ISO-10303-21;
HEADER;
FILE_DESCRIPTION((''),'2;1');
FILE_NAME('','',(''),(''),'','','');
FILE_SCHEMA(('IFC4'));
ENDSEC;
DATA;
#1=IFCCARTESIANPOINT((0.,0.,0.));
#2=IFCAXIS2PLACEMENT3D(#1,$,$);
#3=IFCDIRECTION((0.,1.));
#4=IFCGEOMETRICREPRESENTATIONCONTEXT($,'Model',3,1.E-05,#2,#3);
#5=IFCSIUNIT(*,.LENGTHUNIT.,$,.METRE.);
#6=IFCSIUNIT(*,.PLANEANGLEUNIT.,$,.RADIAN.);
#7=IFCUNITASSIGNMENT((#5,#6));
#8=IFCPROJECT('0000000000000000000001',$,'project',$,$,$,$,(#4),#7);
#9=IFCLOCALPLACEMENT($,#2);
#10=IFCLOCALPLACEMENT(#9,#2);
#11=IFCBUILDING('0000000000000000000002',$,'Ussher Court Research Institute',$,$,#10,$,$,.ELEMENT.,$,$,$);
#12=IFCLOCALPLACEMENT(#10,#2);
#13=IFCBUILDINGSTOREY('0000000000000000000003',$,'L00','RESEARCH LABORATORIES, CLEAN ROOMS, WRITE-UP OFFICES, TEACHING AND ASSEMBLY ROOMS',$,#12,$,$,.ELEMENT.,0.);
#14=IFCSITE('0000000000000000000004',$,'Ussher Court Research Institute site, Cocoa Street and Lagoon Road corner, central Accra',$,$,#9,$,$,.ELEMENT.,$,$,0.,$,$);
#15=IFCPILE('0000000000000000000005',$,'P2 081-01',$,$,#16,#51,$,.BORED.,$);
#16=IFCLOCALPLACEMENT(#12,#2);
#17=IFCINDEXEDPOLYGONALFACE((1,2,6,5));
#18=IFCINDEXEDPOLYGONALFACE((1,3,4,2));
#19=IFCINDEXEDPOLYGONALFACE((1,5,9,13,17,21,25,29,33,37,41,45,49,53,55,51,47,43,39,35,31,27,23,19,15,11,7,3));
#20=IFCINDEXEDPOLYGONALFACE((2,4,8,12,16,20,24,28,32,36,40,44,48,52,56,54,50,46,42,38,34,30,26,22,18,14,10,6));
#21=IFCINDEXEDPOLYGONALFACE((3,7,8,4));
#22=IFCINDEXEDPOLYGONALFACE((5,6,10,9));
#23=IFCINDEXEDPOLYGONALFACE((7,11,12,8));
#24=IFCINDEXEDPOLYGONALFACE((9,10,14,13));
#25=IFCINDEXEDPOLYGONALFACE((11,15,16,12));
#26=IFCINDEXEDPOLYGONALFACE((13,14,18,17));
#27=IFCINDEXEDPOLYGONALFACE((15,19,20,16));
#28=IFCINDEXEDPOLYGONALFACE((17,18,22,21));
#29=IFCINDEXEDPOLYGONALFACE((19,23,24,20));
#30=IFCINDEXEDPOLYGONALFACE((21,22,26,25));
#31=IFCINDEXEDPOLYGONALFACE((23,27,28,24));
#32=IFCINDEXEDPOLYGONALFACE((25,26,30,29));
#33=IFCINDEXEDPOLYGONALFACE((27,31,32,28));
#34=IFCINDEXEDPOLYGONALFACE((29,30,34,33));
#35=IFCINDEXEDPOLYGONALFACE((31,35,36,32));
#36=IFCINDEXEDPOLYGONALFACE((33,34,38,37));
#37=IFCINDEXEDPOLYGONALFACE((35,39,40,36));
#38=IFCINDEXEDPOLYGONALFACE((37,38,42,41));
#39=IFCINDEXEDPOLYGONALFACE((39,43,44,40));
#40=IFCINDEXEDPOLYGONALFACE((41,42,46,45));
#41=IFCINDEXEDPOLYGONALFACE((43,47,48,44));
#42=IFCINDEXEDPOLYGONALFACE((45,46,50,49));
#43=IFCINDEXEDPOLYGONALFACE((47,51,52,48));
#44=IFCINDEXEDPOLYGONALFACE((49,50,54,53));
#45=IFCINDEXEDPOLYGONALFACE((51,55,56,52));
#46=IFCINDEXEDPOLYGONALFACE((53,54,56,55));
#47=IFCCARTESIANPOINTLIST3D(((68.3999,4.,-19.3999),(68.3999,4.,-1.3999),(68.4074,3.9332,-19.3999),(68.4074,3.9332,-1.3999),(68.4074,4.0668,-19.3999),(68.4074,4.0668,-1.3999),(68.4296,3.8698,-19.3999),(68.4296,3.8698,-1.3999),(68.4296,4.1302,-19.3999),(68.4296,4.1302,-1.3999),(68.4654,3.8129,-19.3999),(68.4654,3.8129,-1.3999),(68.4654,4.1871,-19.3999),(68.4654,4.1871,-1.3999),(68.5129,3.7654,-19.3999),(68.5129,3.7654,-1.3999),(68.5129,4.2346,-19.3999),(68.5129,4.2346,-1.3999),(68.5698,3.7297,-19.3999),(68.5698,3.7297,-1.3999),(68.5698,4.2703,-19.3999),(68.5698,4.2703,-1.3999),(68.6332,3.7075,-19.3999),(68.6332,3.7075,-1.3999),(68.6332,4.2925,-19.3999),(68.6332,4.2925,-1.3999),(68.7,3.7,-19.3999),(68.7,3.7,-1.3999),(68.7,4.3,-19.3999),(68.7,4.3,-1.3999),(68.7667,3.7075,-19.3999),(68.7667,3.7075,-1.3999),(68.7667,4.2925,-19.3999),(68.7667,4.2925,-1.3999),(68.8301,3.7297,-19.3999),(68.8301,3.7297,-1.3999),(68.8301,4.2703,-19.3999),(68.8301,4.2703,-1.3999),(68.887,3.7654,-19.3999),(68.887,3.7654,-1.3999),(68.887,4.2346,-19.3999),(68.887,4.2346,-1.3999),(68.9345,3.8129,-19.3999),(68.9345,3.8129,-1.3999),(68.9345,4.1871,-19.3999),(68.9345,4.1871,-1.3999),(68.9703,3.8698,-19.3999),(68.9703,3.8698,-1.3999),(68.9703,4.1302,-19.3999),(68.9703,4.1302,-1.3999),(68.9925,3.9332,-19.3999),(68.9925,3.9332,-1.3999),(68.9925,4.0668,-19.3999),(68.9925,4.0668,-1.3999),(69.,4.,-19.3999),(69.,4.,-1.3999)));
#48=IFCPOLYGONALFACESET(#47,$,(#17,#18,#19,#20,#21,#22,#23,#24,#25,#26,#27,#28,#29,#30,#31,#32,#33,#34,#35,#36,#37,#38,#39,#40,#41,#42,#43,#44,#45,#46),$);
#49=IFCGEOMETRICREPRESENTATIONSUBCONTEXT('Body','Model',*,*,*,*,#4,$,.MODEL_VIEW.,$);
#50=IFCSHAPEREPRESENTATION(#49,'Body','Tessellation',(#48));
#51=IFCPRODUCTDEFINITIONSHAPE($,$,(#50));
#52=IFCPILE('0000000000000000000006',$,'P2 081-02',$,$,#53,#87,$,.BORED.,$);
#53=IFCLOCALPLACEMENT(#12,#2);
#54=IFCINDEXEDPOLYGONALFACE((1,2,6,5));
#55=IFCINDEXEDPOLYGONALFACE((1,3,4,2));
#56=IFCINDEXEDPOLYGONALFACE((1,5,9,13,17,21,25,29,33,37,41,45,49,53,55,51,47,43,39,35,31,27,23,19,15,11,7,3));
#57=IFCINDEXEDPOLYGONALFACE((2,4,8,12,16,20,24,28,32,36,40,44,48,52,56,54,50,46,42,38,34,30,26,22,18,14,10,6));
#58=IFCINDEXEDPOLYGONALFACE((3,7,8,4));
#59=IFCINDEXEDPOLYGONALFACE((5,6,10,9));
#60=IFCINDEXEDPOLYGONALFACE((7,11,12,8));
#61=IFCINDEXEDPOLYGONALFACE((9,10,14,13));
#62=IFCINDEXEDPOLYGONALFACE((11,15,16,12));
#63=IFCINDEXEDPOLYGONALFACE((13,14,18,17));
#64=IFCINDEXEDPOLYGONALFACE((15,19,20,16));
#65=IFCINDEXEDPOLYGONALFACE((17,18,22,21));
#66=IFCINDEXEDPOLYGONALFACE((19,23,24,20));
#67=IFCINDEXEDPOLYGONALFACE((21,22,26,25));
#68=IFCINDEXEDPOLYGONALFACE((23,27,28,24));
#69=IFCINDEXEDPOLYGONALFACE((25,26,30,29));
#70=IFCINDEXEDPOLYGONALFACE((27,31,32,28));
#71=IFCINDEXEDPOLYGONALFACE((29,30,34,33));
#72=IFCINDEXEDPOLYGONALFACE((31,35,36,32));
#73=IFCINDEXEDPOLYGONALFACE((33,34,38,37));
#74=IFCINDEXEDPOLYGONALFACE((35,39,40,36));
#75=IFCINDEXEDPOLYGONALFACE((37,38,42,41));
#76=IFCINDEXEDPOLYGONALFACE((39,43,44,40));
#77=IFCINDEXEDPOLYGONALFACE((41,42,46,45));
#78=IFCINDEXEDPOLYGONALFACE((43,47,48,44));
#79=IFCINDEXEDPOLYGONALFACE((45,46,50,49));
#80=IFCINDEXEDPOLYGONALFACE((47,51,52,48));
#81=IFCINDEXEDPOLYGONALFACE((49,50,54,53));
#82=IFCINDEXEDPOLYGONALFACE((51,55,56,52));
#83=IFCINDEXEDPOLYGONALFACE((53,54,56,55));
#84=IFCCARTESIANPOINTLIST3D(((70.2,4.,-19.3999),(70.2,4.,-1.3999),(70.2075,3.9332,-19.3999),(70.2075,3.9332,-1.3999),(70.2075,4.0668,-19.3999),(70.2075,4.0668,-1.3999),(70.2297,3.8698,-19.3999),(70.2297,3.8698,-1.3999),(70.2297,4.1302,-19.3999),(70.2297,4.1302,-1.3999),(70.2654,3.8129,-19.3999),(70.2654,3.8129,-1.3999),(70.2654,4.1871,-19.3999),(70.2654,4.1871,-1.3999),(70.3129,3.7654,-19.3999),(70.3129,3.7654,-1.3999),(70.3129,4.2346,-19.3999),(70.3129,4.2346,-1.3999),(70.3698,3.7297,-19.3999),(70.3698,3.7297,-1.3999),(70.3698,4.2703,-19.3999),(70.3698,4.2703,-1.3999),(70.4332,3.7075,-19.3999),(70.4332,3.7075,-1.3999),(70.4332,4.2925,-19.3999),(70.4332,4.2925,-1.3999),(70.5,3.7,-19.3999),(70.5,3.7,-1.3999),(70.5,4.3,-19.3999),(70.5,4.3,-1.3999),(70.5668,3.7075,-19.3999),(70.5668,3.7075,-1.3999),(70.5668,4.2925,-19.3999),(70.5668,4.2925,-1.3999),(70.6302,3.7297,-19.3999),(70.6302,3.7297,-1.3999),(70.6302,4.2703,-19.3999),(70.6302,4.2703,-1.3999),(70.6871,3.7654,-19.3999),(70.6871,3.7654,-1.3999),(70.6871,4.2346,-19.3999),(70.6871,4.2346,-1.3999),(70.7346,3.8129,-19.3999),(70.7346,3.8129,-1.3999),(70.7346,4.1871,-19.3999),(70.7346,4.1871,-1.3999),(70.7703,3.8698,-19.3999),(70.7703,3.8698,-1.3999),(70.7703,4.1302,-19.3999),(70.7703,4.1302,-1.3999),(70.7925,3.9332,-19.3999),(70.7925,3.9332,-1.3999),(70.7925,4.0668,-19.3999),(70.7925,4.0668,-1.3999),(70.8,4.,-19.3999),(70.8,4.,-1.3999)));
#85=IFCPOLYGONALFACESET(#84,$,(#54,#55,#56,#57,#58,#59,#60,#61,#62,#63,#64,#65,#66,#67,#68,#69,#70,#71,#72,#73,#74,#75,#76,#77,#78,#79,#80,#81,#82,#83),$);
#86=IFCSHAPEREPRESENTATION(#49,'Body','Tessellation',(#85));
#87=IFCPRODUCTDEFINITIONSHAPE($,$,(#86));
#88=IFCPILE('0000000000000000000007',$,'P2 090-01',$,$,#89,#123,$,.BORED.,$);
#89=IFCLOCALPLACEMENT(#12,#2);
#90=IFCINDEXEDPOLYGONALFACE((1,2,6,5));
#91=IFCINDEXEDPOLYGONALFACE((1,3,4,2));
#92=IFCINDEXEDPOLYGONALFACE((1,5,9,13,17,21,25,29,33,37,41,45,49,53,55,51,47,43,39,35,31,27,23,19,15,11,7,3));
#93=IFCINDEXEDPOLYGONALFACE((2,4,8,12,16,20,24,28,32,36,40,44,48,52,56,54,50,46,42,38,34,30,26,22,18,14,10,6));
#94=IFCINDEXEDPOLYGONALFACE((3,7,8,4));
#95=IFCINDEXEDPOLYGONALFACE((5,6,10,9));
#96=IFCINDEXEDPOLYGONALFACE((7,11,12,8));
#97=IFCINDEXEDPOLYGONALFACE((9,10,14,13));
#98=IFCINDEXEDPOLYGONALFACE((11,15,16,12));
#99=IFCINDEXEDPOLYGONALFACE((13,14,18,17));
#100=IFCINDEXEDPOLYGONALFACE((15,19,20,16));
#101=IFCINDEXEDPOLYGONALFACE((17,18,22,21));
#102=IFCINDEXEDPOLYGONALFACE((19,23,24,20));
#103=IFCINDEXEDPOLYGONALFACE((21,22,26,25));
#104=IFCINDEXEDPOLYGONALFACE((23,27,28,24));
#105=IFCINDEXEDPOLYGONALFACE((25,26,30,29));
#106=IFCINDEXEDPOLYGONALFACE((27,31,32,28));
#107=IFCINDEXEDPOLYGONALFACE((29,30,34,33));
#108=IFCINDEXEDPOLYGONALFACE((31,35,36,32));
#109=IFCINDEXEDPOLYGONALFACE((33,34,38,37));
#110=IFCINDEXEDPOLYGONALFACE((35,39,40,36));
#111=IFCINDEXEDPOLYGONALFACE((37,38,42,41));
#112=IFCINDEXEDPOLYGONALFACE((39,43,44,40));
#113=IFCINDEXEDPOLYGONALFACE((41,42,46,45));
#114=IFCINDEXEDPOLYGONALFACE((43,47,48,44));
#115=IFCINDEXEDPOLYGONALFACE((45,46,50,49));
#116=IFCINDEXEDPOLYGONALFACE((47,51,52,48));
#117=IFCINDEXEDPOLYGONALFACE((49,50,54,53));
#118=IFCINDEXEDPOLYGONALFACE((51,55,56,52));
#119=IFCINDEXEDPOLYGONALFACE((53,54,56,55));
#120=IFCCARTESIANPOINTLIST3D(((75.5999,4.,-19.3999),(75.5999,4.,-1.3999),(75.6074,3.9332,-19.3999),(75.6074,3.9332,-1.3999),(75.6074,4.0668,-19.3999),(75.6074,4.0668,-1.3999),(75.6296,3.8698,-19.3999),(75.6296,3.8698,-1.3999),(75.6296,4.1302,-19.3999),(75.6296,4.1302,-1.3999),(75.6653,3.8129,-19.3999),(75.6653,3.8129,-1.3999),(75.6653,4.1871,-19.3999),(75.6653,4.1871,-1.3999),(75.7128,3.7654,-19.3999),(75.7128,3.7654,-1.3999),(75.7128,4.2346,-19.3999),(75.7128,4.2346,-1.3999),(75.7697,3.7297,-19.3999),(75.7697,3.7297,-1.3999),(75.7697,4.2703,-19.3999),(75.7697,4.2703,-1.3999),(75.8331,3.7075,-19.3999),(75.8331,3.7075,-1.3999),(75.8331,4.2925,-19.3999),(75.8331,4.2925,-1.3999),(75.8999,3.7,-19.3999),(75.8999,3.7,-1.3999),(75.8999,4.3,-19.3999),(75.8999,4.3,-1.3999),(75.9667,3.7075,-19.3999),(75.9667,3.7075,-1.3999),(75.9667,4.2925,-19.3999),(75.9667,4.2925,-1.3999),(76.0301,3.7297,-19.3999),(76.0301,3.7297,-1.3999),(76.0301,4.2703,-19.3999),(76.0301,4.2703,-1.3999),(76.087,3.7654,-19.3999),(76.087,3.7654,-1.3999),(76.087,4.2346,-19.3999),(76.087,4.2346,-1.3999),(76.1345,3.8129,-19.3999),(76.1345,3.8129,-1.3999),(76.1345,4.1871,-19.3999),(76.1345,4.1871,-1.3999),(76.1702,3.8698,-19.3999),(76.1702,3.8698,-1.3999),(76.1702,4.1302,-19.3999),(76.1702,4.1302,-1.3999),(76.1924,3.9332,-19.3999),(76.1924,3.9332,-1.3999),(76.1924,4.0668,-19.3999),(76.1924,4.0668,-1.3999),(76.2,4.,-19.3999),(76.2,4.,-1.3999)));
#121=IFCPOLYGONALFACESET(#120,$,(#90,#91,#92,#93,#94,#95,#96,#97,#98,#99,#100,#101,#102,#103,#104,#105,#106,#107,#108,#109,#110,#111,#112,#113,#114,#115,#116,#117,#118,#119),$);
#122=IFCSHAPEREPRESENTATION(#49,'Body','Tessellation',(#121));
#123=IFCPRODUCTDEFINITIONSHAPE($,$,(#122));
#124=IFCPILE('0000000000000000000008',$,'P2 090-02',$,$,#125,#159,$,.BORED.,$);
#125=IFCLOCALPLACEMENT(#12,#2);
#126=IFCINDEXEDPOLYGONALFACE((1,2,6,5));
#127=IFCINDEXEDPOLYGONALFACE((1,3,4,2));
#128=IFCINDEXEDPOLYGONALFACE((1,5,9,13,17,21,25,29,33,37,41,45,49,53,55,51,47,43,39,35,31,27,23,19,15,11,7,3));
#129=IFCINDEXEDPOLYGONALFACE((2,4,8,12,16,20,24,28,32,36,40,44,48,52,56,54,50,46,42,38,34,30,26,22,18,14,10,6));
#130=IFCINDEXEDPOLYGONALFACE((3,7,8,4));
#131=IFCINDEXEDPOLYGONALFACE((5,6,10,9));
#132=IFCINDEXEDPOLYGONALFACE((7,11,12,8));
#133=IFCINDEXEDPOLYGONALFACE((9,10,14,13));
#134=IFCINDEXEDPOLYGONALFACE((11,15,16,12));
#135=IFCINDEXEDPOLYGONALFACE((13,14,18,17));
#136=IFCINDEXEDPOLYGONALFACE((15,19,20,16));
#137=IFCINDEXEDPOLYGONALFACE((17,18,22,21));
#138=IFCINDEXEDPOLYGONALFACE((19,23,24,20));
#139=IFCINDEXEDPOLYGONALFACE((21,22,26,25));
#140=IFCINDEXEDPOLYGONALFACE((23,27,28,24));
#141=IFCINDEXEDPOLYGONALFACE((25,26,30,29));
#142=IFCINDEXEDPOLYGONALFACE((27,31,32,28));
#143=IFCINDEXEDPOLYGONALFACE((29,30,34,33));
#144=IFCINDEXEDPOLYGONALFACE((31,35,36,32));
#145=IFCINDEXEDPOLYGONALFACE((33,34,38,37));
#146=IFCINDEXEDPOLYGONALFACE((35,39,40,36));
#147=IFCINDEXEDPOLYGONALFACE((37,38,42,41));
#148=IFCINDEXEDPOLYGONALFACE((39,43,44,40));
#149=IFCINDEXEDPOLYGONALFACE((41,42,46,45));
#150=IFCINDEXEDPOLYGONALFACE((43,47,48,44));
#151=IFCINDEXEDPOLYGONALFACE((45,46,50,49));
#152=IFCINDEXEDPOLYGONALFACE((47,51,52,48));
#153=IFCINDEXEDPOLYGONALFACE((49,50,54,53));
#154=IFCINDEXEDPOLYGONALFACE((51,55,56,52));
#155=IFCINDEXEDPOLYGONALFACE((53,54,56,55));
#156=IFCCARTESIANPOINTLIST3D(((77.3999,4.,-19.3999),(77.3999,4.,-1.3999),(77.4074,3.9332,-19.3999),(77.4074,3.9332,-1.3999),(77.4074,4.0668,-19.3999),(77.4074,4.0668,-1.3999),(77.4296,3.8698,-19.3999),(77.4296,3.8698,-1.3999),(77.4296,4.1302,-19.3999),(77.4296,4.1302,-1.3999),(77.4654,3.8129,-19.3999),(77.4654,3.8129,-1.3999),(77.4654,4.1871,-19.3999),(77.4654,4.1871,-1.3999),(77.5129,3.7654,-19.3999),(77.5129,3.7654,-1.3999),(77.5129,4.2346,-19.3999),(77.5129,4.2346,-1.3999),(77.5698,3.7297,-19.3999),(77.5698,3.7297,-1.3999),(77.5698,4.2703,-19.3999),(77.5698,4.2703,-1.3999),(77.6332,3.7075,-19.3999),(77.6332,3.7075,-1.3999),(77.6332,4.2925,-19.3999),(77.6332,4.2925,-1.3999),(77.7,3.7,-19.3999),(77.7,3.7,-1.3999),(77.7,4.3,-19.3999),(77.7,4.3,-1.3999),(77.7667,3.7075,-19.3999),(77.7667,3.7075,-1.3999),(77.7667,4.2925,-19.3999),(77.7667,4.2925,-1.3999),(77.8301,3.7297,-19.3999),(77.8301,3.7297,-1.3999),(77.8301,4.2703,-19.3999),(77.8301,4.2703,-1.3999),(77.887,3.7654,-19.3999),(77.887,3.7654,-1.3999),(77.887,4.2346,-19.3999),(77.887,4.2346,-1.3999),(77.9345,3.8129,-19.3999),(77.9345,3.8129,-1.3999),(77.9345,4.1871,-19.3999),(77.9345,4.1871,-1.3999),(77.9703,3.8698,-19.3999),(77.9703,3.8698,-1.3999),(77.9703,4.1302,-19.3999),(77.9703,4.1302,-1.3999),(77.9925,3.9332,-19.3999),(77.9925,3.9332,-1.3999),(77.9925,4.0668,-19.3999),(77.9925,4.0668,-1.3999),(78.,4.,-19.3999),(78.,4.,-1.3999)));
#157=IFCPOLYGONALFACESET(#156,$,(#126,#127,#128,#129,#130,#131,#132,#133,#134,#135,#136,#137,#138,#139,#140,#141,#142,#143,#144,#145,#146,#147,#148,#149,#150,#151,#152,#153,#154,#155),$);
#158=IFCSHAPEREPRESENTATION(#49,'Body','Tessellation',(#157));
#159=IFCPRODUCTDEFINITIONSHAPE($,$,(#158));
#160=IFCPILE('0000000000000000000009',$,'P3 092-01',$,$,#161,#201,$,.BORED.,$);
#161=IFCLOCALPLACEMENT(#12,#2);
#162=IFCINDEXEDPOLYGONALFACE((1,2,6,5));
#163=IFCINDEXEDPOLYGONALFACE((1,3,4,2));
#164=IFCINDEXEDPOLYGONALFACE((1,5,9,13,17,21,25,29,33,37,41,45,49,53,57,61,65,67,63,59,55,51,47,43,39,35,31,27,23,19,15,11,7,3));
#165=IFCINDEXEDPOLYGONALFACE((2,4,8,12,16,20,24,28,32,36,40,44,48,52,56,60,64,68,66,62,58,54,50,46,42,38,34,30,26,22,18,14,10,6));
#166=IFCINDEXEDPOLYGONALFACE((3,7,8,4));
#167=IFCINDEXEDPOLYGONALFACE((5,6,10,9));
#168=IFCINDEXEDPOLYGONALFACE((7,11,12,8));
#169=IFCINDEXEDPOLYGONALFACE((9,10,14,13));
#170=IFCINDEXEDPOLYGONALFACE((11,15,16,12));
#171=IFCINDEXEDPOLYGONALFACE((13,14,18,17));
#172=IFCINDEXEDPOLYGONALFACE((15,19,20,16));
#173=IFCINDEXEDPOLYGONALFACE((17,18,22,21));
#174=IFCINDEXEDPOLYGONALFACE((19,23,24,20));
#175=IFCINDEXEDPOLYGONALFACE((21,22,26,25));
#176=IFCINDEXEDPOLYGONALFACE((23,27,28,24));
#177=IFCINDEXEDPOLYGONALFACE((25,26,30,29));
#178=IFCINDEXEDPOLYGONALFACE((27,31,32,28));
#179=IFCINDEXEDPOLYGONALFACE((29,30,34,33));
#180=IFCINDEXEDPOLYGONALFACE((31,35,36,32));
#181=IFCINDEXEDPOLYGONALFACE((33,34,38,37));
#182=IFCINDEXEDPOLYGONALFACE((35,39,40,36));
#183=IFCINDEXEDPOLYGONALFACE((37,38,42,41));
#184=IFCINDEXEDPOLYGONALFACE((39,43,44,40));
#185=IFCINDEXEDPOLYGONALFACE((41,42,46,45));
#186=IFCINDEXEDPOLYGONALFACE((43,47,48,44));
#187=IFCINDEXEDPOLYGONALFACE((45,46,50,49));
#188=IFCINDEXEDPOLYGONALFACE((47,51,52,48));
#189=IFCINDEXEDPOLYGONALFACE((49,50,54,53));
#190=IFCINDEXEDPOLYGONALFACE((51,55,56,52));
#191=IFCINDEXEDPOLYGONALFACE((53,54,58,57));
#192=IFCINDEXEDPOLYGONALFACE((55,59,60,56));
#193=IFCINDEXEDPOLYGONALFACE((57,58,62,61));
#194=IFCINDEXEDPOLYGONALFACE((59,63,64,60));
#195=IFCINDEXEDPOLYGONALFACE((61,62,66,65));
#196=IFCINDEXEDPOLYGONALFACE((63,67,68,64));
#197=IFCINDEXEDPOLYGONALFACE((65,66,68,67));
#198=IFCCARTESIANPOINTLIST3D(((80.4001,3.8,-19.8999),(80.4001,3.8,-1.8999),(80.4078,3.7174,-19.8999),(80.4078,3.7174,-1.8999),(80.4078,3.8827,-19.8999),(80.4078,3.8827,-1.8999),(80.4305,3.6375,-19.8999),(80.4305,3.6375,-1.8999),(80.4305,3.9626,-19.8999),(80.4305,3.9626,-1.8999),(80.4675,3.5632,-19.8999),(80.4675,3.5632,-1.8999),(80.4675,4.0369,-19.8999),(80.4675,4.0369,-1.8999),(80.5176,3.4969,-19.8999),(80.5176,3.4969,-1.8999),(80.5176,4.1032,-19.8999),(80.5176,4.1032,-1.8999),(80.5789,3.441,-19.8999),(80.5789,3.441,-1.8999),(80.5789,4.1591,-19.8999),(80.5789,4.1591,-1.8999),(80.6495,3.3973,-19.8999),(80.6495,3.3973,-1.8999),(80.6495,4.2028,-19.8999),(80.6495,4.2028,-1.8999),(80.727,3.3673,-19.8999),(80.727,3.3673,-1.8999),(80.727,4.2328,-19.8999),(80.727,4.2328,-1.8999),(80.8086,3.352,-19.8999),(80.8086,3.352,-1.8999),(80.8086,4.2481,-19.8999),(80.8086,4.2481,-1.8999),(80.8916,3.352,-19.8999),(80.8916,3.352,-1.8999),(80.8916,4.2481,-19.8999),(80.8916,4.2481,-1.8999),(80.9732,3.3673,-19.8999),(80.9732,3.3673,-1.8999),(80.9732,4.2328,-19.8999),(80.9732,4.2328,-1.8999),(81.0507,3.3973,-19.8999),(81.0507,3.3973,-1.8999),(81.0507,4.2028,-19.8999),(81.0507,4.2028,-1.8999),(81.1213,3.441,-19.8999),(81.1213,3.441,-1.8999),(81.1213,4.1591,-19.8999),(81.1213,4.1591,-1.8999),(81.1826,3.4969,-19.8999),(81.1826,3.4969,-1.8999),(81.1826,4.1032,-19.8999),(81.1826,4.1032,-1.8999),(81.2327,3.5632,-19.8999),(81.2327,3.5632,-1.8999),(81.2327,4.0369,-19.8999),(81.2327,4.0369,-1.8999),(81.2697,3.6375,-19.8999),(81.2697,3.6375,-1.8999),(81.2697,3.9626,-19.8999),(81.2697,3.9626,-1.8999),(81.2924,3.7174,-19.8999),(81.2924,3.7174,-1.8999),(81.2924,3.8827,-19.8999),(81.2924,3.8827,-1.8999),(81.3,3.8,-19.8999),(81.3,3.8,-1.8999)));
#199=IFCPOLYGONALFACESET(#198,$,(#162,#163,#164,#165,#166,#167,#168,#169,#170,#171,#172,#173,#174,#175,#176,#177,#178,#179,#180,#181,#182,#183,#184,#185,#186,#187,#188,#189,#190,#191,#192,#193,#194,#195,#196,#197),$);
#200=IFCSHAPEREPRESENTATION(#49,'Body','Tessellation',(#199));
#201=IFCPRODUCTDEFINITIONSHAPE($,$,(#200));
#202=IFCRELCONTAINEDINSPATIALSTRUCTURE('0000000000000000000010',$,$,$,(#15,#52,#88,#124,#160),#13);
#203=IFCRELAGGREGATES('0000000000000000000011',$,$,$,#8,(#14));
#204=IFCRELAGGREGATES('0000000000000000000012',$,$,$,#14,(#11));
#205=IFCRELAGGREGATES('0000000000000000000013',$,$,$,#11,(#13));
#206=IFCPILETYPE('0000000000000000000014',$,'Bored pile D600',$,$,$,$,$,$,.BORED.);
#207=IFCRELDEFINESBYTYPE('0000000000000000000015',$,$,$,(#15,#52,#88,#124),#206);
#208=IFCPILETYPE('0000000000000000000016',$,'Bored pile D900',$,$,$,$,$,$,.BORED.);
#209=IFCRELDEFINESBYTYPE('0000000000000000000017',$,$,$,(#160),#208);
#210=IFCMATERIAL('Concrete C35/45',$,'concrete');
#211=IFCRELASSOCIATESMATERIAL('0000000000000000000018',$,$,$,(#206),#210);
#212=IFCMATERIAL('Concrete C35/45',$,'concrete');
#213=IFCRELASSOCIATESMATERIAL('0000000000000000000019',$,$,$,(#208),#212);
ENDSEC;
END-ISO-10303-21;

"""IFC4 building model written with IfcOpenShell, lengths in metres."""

from ifc_helpers import new_model, si_unit, direction, frame, origin, origin_2d, place, context, subcontext, project, spatial, circle, extrude, material, material_profile, profile_set, type_object, element, save


model = new_model("IFC4")

# Units and contexts
model_context = context("Model", 3, precision=1e-05, world=origin(), true_north=direction((0.0, 1.0)))
body_context = subcontext(model_context, "Body", "Model", "MODEL_VIEW")
ifc_project = project(units=[si_unit("LENGTHUNIT", "METRE"), si_unit("PLANEANGLEUNIT", "RADIAN")], contexts=[model_context])

# Site, building, storey
site_placement = place(None, origin())
site = spatial("IfcSite", under=ifc_project, at=site_placement, Name="Ussher Court Research Institute site, Cocoa Street and Lagoon Road corner, central Accra", CompositionType="ELEMENT", RefElevation=0.0)
building_placement = place(site_placement, origin())
building = spatial("IfcBuilding", under=site, at=building_placement, Name="Ussher Court Research Institute", CompositionType="ELEMENT")
storey_placement = place(building_placement, origin())
storey = spatial("IfcBuildingStorey", under=building, at=storey_placement, Name="L00", Description="RESEARCH LABORATORIES, CLEAN ROOMS, WRITE-UP OFFICES, TEACHING AND ASSEMBLY ROOMS", CompositionType="ELEMENT", Elevation=0.0)

# Piles
ifc_material_1 = material(Name="Concrete C35/45", Category="concrete")
ifc_material_profile_1 = material_profile(ifc_material_1, circle(Radius=0.3, at=origin_2d()), Name="RC D600")
ifc_profile_set_1 = profile_set([ifc_material_profile_1], Name="Concrete C35/45")
pile_type_1 = type_object("IfcPileType", Name="Bored pile D600", PredefinedType="BORED", material=ifc_profile_set_1)
for number, where, z_axis, x_axis, name in (
    (1, (68.7, 4.0, -1.3999), (0.0, 0.0, -1.0), (1.0, 0.0, 0.0), "P2 081-01"),
    (2, (70.5, 4.0, -1.3999), (0.0, 0.0, -1.0), (1.0, 0.0, 0.0), "P2 081-02"),
    (3, (75.8999, 4.0, -1.3999), (0.0, 0.0, -1.0), (1.0, 0.0, 0.0), "P2 090-01"),
    (4, (77.7, 4.0, -1.3999), (0.0, 0.0, -1.0), (1.0, 0.0, 0.0), "P2 090-02"),
):
    element("IfcPile", number, at=place(storey_placement, frame(where, z_axis=z_axis, x_axis=x_axis)), inside=storey, type_object=pile_type_1, Name=name, PredefinedType="BORED", context=body_context, shape_type="SweptSolid", body=[
        extrude(circle(Radius=0.3, at=origin_2d()), origin(), (0.0, 0.0, 1.0), 18.0),
    ])
ifc_material_2 = material(Name="Concrete C35/45", Category="concrete")
ifc_material_profile_2 = material_profile(ifc_material_2, circle(Radius=0.45, at=origin_2d()), Name="RC D900")
ifc_profile_set_2 = profile_set([ifc_material_profile_2], Name="Concrete C35/45")
pile_type_2 = type_object("IfcPileType", Name="Bored pile D900", PredefinedType="BORED", material=ifc_profile_set_2)
for number, where, z_axis, x_axis, name in (
    (5, (80.8501, 3.8, -1.8999), (0.0, 0.0, -1.0), (1.0, 0.0, 0.0), "P3 092-01"),
):
    element("IfcPile", number, at=place(storey_placement, frame(where, z_axis=z_axis, x_axis=x_axis)), inside=storey, type_object=pile_type_2, Name=name, PredefinedType="BORED", context=body_context, shape_type="SweptSolid", body=[
        extrude(circle(Radius=0.45, at=origin_2d()), origin(), (0.0, 0.0, 1.0), 18.0),
    ])

save(model, "model.ifc")
